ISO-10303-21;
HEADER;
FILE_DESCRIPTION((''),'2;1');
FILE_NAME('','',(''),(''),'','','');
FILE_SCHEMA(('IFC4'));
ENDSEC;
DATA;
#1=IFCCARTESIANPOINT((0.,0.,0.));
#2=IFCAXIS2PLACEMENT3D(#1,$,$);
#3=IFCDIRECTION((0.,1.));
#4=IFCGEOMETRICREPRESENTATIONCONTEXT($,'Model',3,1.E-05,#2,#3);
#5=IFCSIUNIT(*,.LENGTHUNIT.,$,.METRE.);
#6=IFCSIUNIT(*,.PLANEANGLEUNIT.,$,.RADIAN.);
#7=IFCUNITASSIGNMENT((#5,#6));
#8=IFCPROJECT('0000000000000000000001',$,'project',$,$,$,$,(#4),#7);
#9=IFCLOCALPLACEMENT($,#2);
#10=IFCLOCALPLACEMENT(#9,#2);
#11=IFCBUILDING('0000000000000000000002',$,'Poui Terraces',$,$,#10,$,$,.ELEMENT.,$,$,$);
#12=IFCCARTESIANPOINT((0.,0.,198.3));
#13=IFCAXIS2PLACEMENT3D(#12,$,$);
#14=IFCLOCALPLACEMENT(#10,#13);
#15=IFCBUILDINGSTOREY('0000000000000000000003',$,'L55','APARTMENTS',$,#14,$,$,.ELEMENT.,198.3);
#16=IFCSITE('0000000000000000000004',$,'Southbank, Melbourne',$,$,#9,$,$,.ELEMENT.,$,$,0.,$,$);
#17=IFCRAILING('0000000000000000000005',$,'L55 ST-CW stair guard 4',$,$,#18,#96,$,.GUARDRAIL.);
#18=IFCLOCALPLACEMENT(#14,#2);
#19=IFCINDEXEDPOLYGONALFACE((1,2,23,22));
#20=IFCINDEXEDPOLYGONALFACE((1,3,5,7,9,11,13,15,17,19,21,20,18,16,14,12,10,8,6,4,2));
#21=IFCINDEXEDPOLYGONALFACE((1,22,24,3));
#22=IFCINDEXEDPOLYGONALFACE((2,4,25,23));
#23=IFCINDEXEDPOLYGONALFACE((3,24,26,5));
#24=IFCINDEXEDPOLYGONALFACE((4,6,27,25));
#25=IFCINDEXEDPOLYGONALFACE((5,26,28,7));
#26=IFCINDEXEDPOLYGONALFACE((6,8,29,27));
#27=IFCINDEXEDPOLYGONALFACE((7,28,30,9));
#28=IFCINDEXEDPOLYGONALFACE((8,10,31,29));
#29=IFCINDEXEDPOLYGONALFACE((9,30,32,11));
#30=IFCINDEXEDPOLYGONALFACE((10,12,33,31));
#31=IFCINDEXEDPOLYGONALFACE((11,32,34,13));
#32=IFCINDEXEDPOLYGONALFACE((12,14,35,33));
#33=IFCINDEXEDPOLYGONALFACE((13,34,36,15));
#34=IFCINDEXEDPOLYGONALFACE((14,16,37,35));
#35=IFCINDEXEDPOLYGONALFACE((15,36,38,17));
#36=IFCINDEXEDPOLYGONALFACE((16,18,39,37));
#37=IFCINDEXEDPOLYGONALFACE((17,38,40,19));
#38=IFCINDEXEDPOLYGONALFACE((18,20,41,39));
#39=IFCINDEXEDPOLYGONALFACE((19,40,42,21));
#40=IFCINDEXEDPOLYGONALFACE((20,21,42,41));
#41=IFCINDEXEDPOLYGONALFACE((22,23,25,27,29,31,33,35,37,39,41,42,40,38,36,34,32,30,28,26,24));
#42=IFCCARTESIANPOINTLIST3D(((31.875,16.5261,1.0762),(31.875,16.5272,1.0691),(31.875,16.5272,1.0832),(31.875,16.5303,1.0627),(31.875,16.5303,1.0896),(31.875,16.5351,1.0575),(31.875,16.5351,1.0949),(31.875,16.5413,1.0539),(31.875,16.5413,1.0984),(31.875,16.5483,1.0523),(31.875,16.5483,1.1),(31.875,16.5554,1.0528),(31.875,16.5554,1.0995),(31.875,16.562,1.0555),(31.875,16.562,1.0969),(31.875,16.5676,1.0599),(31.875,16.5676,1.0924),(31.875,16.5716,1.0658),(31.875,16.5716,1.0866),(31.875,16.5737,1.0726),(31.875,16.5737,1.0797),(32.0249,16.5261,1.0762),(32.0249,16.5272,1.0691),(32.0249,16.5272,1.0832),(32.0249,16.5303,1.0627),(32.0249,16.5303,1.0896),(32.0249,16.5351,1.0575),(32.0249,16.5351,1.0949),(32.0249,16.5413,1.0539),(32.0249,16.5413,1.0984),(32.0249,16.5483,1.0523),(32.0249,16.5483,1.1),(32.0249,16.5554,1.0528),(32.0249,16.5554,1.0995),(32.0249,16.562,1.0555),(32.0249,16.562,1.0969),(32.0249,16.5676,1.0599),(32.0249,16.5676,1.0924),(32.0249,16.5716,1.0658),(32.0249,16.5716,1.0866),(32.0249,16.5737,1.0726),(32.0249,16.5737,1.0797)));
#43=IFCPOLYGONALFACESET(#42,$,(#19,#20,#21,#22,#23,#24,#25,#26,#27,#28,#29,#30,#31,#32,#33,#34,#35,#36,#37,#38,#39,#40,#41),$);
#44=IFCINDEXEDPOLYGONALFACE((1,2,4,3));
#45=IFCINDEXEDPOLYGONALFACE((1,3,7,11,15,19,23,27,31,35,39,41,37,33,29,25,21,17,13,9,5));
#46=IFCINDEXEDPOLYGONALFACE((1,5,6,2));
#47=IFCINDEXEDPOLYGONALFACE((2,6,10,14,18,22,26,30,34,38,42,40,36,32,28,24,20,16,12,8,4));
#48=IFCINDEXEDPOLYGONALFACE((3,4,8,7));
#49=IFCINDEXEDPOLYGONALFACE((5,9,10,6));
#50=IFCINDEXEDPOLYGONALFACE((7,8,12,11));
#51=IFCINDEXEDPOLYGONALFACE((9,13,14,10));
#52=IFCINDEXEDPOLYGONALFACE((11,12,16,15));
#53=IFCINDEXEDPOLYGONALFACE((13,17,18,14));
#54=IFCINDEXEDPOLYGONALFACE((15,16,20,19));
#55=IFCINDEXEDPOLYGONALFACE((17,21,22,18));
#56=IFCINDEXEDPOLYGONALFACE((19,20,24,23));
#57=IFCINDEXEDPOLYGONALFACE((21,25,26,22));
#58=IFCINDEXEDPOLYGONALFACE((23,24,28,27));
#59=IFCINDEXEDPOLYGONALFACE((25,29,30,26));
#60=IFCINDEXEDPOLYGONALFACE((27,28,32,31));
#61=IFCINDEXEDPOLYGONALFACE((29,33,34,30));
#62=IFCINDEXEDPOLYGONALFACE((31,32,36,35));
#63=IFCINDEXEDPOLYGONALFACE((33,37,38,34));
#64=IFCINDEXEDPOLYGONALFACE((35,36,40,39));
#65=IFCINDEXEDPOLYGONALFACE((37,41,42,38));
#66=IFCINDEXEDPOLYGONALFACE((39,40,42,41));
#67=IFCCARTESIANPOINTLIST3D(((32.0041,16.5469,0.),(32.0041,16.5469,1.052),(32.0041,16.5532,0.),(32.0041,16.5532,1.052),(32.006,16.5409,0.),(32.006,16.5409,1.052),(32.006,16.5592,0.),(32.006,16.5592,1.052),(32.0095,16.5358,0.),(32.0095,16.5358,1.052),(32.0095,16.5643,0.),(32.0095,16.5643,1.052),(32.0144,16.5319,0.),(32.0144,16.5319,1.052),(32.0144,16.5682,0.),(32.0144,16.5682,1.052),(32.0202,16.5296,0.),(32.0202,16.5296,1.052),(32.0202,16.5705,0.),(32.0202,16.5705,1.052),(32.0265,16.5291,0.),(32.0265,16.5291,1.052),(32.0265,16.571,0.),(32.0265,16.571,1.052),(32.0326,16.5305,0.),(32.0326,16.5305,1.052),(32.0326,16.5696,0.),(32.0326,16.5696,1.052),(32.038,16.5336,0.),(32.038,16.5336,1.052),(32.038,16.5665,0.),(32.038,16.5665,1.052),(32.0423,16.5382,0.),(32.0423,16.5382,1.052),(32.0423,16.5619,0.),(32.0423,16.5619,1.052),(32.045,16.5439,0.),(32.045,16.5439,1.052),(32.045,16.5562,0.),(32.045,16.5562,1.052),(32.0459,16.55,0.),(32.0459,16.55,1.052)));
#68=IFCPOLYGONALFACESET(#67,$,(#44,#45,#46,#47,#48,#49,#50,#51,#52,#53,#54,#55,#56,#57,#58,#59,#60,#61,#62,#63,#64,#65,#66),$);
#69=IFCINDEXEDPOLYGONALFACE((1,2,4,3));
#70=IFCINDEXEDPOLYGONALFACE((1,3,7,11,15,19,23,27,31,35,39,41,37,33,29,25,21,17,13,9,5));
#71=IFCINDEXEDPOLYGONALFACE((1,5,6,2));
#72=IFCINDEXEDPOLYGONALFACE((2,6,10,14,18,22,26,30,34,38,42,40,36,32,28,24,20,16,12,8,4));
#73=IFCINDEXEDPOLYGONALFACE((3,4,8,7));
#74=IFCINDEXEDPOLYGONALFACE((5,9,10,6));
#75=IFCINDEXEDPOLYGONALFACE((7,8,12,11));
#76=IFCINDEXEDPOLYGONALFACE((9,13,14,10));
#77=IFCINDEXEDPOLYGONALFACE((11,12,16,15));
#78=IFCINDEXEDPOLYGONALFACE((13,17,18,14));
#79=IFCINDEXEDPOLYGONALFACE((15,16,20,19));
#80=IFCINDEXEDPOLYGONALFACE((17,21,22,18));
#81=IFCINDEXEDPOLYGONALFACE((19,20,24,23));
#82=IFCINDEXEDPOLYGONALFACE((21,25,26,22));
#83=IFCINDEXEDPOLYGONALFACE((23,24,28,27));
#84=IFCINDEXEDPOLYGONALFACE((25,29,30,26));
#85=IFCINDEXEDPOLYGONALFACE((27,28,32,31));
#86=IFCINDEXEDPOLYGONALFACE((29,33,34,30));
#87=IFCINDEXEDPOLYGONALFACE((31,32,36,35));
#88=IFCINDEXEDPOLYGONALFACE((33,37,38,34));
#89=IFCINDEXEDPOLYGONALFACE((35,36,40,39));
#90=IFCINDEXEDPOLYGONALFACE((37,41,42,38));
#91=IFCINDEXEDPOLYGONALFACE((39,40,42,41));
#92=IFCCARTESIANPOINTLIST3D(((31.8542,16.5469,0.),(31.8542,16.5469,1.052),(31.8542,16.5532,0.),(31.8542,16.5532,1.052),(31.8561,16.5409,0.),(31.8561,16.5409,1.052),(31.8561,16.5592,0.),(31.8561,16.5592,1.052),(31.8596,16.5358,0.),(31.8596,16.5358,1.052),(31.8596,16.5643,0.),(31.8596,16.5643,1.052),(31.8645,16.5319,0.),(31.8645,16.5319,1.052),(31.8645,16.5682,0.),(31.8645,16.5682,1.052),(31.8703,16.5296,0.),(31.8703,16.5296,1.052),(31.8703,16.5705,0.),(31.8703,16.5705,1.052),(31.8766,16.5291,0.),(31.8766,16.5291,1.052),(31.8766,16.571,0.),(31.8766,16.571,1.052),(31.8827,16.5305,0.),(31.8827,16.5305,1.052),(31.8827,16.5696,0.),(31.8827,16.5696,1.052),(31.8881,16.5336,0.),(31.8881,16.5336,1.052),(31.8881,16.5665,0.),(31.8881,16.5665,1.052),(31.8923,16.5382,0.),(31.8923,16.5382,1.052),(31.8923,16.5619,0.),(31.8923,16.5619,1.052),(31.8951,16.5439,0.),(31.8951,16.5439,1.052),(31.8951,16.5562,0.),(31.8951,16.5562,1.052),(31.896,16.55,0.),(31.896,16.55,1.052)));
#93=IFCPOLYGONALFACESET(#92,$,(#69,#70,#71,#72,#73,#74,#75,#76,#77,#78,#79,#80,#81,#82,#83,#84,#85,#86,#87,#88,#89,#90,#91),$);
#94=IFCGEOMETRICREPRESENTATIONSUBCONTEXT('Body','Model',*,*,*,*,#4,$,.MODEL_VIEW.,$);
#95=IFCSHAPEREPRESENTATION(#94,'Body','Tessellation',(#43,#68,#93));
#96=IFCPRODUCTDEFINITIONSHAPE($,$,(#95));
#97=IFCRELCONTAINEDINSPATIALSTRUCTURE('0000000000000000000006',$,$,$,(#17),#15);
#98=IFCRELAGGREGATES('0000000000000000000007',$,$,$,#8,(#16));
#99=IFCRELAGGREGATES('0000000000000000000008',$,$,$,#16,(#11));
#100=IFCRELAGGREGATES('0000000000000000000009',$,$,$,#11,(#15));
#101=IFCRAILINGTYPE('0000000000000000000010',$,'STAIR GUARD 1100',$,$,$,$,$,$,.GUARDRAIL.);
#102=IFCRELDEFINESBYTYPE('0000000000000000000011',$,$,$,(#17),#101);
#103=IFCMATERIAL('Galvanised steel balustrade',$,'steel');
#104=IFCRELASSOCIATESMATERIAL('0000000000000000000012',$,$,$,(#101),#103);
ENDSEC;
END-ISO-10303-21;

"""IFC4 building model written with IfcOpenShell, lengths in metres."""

from ifc_helpers import new_model, si_unit, direction, frame, origin, origin_2d, place, context, subcontext, project, spatial, circle, extrude, material, type_object, element, save


model = new_model("IFC4")

# Units and contexts
model_context = context("Model", 3, precision=1e-05, world=origin(), true_north=direction((0.0, 1.0)))
body_context = subcontext(model_context, "Body", "Model", "MODEL_VIEW")
ifc_project = project(units=[si_unit("LENGTHUNIT", "METRE"), si_unit("PLANEANGLEUNIT", "RADIAN")], contexts=[model_context])

# Site, building, storey
site_placement = place(None, origin())
site = spatial("IfcSite", under=ifc_project, at=site_placement, Name="Southbank, Melbourne", CompositionType="ELEMENT", RefElevation=0.0)
building_placement = place(site_placement, origin())
building = spatial("IfcBuilding", under=site, at=building_placement, Name="Poui Terraces", CompositionType="ELEMENT")
storey_placement = place(building_placement, frame((0.0, 0.0, 198.3)))
storey = spatial("IfcBuildingStorey", under=building, at=storey_placement, Name="L55", Description="APARTMENTS", CompositionType="ELEMENT", Elevation=198.3)

# Railing
ifc_material_1 = material(Name="Galvanised steel balustrade", Category="steel")
railing_type_1 = type_object("IfcRailingType", Name="STAIR GUARD 1100", PredefinedType="GUARDRAIL", material=ifc_material_1)
railing_1_placement = place(storey_placement, frame((32.0249, 16.55, 0.0)))
element("IfcRailing", 1, at=railing_1_placement, inside=storey, type_object=railing_type_1, Name="L55 ST-CW stair guard 4", PredefinedType="GUARDRAIL", context=body_context, shape_type="SweptSolid", body=[
    extrude(circle(Radius=0.0239, at=origin_2d()), frame((0.0, 0.0, 1.0762), z_axis=(-1.0, 0.0, 0.0), x_axis=(0.0, -1.0, 0.0)), (0.0, 0.0, 1.0), 0.1499),
    extrude(circle(Radius=0.021, at=origin_2d()), origin(), (0.0, 0.0, 1.0), 1.052),
    extrude(circle(Radius=0.021, at=origin_2d()), frame((-0.1499, 0.0, 0.0)), (0.0, 0.0, 1.0), 1.052),
])

save(model, "model.ifc")
